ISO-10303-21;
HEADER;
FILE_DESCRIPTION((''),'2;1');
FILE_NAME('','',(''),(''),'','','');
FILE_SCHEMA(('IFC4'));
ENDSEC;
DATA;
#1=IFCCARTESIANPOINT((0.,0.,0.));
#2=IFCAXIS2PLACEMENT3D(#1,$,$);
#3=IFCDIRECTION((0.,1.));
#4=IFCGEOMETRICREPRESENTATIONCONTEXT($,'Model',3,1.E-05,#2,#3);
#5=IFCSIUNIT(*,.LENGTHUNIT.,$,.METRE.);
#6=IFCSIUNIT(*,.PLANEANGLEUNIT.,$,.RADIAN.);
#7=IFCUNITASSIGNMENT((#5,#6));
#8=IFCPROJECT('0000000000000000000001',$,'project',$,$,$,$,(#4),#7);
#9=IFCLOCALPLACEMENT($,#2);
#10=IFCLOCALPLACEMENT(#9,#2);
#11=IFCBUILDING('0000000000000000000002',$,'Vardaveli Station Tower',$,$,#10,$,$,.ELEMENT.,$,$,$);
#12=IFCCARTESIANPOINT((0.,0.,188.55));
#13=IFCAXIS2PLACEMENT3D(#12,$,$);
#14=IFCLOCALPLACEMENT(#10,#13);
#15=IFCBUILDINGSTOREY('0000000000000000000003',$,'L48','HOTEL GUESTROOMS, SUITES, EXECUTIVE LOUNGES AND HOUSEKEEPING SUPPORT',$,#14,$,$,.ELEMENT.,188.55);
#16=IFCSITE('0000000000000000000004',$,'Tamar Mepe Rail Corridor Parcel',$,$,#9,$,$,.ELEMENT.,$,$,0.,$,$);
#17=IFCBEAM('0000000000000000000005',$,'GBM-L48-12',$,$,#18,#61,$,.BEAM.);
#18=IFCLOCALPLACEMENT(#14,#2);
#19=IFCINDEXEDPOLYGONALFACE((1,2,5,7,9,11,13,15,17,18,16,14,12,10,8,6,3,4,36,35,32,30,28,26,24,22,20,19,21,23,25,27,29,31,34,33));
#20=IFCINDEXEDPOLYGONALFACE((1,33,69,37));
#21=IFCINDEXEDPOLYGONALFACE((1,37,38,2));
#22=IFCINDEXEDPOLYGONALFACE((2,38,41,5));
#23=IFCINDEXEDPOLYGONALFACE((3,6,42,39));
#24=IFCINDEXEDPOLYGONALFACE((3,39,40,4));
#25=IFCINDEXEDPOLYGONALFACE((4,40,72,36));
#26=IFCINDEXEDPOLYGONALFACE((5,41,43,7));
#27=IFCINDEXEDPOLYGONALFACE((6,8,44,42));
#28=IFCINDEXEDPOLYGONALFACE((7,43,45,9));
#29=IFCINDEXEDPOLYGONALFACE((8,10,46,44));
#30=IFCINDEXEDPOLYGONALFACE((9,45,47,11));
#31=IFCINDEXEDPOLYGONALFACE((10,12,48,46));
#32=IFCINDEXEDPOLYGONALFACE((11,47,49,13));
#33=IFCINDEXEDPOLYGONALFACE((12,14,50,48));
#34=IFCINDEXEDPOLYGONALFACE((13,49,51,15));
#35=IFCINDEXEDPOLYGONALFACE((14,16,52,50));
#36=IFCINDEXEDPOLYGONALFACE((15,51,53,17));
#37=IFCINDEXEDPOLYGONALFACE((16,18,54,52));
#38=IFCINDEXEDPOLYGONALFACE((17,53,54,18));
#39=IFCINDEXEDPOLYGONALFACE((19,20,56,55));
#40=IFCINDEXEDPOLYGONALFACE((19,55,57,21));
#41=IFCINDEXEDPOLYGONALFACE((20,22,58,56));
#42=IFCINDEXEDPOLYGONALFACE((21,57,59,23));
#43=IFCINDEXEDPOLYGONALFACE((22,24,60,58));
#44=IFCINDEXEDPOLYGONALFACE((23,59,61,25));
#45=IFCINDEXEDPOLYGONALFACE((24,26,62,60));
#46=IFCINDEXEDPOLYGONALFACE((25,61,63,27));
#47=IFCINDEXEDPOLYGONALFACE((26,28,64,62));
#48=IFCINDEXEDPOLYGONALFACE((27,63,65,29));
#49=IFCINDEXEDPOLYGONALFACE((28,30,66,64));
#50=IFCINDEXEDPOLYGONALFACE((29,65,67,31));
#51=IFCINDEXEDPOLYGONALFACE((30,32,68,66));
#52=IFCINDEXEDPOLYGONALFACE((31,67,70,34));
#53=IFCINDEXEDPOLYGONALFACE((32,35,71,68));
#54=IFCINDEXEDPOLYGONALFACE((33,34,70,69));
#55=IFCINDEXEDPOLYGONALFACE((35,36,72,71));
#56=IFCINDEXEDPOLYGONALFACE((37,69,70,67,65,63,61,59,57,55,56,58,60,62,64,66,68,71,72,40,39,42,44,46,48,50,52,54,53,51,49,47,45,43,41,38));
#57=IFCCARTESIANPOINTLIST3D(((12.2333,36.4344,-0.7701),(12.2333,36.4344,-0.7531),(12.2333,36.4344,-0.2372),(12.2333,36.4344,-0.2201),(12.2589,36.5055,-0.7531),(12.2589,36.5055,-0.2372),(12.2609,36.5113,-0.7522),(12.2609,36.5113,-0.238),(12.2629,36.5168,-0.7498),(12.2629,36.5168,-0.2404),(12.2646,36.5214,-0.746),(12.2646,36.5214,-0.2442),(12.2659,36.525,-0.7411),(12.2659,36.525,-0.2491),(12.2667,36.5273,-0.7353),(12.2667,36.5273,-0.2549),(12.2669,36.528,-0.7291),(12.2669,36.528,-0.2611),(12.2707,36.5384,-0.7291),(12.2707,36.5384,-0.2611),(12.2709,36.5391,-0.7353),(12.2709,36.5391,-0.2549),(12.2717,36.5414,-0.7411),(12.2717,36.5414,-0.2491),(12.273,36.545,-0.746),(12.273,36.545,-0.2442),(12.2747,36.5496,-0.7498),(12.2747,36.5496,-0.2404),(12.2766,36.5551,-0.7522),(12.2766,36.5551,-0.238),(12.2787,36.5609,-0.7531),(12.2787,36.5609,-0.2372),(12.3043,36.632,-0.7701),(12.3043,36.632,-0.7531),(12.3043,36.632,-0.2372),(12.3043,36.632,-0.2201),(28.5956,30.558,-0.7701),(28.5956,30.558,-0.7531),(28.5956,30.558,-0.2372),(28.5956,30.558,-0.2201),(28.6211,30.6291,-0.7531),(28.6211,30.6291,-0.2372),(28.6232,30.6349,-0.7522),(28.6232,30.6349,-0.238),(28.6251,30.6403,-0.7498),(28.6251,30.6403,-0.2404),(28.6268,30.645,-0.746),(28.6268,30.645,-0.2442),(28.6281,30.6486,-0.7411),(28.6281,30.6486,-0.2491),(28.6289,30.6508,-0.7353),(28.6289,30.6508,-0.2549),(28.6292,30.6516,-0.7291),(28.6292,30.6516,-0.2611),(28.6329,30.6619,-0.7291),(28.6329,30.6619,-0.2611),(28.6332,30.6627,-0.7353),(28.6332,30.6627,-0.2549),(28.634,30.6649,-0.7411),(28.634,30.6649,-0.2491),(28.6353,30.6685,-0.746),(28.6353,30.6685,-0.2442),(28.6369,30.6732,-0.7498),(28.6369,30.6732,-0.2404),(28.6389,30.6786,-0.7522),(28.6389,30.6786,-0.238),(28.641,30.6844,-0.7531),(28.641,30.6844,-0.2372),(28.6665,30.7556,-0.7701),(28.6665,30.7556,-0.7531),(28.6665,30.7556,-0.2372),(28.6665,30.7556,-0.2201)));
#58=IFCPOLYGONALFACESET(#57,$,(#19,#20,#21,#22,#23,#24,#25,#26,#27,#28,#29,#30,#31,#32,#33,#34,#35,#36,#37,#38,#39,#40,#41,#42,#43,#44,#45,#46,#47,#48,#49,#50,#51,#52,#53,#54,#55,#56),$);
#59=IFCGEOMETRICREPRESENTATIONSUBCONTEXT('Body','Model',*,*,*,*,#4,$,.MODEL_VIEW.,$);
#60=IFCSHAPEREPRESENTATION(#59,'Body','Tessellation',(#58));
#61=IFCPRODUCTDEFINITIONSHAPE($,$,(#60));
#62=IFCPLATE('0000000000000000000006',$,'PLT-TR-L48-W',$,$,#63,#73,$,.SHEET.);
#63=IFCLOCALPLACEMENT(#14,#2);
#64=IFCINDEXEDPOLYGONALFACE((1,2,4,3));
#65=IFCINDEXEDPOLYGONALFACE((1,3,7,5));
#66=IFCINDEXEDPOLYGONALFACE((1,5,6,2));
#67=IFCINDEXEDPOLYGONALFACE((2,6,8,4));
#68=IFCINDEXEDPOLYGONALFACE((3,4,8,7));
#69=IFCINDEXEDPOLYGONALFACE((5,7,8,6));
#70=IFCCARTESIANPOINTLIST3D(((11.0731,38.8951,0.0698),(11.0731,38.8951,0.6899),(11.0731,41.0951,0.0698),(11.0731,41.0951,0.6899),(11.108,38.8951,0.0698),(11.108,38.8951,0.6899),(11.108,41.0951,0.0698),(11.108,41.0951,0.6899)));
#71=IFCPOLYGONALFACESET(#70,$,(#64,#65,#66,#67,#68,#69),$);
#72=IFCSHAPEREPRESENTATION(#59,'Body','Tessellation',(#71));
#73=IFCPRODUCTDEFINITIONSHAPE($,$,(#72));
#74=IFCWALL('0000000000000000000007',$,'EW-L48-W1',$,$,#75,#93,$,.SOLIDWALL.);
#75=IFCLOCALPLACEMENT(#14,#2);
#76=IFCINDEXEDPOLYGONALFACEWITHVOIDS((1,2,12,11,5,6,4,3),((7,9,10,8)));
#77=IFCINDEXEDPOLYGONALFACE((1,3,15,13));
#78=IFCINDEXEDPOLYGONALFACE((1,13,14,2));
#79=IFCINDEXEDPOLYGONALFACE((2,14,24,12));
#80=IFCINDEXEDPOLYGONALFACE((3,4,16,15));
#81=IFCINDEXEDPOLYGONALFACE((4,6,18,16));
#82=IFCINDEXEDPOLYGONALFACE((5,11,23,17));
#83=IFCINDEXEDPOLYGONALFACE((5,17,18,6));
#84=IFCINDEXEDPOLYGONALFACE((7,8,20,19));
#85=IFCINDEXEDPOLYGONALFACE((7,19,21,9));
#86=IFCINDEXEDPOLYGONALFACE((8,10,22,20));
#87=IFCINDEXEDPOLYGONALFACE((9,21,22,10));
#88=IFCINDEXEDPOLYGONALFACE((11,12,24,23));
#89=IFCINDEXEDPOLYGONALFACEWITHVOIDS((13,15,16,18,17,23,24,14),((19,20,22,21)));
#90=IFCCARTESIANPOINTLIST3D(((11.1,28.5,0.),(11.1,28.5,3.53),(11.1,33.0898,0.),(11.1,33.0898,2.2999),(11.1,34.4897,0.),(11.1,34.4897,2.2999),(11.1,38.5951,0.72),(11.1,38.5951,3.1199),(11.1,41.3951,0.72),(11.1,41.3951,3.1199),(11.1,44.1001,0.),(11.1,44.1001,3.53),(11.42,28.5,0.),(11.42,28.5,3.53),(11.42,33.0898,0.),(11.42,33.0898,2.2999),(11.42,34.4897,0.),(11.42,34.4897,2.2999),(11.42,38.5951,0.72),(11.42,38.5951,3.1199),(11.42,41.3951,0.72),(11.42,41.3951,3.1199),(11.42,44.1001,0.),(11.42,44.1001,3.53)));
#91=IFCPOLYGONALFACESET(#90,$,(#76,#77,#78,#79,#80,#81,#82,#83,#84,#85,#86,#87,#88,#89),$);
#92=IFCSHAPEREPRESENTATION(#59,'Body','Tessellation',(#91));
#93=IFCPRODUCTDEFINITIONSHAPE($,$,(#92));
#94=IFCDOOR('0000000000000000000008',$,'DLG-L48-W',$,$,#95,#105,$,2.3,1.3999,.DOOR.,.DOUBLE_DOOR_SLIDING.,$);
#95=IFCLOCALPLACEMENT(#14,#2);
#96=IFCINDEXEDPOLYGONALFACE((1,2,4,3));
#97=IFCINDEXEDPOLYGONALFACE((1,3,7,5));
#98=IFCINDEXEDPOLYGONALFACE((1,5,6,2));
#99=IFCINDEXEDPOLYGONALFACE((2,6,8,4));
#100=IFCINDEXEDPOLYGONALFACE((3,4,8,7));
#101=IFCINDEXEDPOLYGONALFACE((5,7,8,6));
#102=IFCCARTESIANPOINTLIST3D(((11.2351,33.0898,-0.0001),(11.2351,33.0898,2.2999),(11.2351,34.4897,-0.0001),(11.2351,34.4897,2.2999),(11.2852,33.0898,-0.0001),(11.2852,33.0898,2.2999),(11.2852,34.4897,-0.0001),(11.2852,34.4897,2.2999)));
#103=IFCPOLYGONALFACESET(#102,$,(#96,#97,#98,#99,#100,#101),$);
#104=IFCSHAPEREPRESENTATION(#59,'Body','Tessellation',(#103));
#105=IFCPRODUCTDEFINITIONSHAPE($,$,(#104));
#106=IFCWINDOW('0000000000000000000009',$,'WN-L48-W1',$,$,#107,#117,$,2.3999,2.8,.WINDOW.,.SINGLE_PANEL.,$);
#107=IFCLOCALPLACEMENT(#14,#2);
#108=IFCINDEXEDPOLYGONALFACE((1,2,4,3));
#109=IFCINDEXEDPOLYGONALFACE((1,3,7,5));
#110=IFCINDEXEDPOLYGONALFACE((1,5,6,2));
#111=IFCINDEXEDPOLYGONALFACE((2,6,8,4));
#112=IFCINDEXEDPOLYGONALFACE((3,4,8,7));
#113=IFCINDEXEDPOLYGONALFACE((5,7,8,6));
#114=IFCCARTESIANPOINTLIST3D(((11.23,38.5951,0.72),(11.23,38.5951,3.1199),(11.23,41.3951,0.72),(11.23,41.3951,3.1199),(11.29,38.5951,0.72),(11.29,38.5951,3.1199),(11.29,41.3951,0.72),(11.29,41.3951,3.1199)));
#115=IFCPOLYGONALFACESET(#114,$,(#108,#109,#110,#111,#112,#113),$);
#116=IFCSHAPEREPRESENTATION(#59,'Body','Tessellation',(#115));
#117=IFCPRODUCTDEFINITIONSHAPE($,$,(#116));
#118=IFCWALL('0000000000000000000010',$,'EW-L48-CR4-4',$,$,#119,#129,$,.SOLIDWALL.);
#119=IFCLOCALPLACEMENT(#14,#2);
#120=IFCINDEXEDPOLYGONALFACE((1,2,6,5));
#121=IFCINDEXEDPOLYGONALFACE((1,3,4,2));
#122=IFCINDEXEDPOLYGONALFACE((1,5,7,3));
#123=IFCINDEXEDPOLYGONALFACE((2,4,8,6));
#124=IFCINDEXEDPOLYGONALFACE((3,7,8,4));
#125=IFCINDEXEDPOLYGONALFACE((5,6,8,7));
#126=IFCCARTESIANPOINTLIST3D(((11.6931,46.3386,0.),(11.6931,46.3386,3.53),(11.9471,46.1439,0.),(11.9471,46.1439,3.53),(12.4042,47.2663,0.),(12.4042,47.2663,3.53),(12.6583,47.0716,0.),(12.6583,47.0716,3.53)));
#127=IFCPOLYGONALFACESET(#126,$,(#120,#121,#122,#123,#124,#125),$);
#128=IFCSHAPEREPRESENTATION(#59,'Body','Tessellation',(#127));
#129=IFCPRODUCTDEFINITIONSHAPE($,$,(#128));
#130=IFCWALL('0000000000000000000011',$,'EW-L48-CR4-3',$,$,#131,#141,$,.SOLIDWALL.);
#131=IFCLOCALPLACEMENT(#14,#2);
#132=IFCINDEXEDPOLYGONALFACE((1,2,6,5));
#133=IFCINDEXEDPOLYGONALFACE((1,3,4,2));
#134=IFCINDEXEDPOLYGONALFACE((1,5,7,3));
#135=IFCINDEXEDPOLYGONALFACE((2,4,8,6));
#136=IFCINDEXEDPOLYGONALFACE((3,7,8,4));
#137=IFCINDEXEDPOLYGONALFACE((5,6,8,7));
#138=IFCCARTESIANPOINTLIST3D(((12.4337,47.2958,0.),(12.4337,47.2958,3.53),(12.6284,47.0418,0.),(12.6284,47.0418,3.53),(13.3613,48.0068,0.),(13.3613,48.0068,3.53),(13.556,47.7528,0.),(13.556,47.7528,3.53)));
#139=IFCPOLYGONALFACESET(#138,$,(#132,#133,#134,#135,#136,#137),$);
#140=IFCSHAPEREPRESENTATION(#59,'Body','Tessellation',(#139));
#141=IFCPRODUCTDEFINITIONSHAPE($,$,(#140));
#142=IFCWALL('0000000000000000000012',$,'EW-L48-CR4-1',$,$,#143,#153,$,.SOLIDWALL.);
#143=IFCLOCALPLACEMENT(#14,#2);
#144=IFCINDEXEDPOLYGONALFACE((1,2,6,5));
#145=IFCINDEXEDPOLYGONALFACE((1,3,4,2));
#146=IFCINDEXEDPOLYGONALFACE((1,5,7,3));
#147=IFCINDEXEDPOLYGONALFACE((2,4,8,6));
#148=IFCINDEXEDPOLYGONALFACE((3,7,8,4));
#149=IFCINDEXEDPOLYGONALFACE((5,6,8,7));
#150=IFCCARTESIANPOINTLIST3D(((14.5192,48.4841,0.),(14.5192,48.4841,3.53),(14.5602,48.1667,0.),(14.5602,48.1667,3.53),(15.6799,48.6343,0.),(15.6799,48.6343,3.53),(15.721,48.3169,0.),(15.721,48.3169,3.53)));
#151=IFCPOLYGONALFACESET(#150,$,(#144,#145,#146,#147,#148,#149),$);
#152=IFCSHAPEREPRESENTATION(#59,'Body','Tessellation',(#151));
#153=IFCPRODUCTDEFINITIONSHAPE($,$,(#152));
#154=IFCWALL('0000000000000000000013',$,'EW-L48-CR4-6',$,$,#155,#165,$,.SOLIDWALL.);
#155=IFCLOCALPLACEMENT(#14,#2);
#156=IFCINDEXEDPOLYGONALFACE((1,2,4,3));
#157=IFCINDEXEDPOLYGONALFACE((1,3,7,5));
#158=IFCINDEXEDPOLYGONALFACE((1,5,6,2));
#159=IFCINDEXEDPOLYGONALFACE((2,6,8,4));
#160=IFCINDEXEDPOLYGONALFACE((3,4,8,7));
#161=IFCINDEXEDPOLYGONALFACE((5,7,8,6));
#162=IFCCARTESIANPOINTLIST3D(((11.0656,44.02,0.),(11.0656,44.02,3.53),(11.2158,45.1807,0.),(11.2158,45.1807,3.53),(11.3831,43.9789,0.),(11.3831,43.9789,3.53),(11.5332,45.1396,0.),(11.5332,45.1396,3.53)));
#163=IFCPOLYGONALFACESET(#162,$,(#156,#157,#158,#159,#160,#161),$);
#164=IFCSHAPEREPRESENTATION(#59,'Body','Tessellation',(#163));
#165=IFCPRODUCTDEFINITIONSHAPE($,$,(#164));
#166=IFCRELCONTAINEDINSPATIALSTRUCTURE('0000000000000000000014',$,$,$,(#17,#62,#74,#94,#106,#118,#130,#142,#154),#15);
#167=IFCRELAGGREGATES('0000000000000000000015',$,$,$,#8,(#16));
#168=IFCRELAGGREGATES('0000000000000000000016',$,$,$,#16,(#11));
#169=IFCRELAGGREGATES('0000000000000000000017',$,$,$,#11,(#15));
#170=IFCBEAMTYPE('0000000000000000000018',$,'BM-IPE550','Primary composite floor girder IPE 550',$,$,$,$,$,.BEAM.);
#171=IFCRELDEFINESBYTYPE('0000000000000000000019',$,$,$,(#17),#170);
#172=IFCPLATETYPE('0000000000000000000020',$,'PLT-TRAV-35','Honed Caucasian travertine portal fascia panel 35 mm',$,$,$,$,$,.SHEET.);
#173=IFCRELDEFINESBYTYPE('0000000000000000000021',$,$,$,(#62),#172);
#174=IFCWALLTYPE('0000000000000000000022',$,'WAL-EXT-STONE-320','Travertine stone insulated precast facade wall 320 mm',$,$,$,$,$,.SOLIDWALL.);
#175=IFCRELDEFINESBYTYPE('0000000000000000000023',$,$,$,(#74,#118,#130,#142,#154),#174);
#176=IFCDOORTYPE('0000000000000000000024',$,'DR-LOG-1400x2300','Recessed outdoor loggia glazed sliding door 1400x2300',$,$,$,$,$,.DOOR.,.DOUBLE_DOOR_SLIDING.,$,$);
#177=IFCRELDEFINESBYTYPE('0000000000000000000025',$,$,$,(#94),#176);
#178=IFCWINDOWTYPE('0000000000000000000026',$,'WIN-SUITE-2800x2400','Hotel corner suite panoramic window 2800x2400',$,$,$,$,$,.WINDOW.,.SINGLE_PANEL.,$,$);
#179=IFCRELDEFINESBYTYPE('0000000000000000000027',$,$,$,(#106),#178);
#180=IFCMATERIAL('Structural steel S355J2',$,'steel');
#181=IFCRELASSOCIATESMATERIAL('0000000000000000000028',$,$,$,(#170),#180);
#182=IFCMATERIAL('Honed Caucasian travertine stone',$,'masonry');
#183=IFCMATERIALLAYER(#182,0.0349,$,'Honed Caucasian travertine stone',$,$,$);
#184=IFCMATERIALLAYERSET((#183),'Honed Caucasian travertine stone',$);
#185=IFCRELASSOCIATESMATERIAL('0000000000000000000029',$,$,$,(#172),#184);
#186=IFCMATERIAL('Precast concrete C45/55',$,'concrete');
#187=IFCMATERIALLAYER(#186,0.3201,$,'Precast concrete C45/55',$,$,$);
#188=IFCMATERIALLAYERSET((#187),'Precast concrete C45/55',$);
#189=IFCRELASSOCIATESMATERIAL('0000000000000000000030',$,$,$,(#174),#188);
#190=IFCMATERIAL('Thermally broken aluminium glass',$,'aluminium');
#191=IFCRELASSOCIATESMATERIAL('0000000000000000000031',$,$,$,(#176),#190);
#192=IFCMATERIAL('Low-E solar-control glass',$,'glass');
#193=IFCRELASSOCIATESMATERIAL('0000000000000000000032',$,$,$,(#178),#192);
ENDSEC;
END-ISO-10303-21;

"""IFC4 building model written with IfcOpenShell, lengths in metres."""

from ifc_helpers import new_model, si_unit, direction, frame, frame_2d, origin, origin_2d, place, context, subcontext, project, spatial, rectangle, i_section, extrude, source, transform, mapped, material, layer, layer_set, material_profile, profile_set, type_object, element, fill, save


model = new_model("IFC4")

# Units and contexts
model_context = context("Model", 3, precision=1e-05, world=origin(), true_north=direction((0.0, 1.0)))
body_context = subcontext(model_context, "Body", "Model", "MODEL_VIEW")
ifc_project = project(units=[si_unit("LENGTHUNIT", "METRE"), si_unit("PLANEANGLEUNIT", "RADIAN")], contexts=[model_context])

# Site, building, storey
site_placement = place(None, origin())
site = spatial("IfcSite", under=ifc_project, at=site_placement, Name="Tamar Mepe Rail Corridor Parcel", CompositionType="ELEMENT", RefElevation=0.0)
building_placement = place(site_placement, origin())
building = spatial("IfcBuilding", under=site, at=building_placement, Name="Vardaveli Station Tower", CompositionType="ELEMENT")
storey_placement = place(building_placement, frame((0.0, 0.0, 188.55)))
storey = spatial("IfcBuildingStorey", under=building, at=storey_placement, Name="L48", Description="HOTEL GUESTROOMS, SUITES, EXECUTIVE LOUNGES AND HOUSEKEEPING SUPPORT", CompositionType="ELEMENT", Elevation=188.55)

# Beam
ifc_material_1 = material(Name="Precast concrete C45/55", Category="concrete")
ifc_material_2 = material(Name="Structural steel S355J2", Category="steel")
ifc_material_profile_1 = material_profile(ifc_material_2, i_section(OverallWidth=0.21, OverallDepth=0.55, WebThickness=0.011, FlangeThickness=0.0171, FilletRadius=0.0239, at=origin_2d()), Name="IPE 550")
ifc_profile_set_1 = profile_set([ifc_material_profile_1], Name="Structural steel S355J2")
beam_type_1 = type_object("IfcBeamType", Name="BM-IPE550", Description="Primary composite floor girder IPE 550", PredefinedType="BEAM", material=ifc_profile_set_1)
shared_shape_1 = source(origin(), body_context, "Body", "SweptSolid", [
    extrude(i_section(OverallWidth=0.21, OverallDepth=0.55, WebThickness=0.011, FlangeThickness=0.0171, FilletRadius=0.0239, at=origin_2d()), origin(), (0.0, 0.0, 1.0), 17.3855),
])
beam_1_placement = place(storey_placement, frame((12.2688, 36.5332, -0.4951), z_axis=(0.941143, -0.338008, 0.0), x_axis=(0.338008, 0.941143, 0.0)))
element("IfcBeam", 1, at=beam_1_placement, inside=storey, type_object=beam_type_1, Name="GBM-L48-12", PredefinedType="BEAM", context=body_context, shape_type="MappedRepresentation", body=[
    mapped(shared_shape_1, transform((0.0, 0.0, 0.0), scale=1.0)),
])

# Plate
ifc_material_3 = material(Name="Honed Caucasian travertine stone", Category="masonry")
ifc_layer_1 = layer(ifc_material_3, 0.0349, Name="Honed Caucasian travertine stone")
ifc_layer_set_1 = layer_set([ifc_layer_1], Name="Honed Caucasian travertine stone")
plate_type = type_object("IfcPlateType", Name="PLT-TRAV-35", Description="Honed Caucasian travertine portal fascia panel 35 mm", PredefinedType="SHEET", material=ifc_layer_set_1)
shared_shape_2 = source(origin(), body_context, "Body", "SweptSolid", [
    extrude(rectangle(XDim=2.2, YDim=0.0349, at=origin_2d()), origin(), (0.0, 0.0, 1.0), 0.6201),
])
plate_placement = place(storey_placement, frame((11.0906, 39.9951, 0.0698), z_axis=(0.0, 0.0, 1.0), x_axis=(0.0, 1.0, 0.0)))
element("IfcPlate", 2, at=plate_placement, inside=storey, type_object=plate_type, Name="PLT-TR-L48-W", PredefinedType="SHEET", context=body_context, shape_type="MappedRepresentation", body=[
    mapped(shared_shape_2, transform((0.0, 0.0, 0.0), scale=1.0)),
])

# Wall, openings, door, window
ifc_layer_2 = layer(ifc_material_1, 0.3201, Name="Precast concrete C45/55")
ifc_layer_set_2 = layer_set([ifc_layer_2], Name="Precast concrete C45/55")
wall_type = type_object("IfcWallType", Name="WAL-EXT-STONE-320", Description="Travertine stone insulated precast facade wall 320 mm", PredefinedType="SOLIDWALL", material=ifc_layer_set_2)
shared_shape_3 = source(origin(), body_context, "Body", "SweptSolid", [
    extrude(rectangle(XDim=15.6001, YDim=0.3201, at=frame_2d((7.8, 0.0))), origin(), (0.0, 0.0, 1.0), 3.53),
])
wall_1_placement = place(storey_placement, frame((11.26, 44.1001, 0.0), z_axis=(0.0, 0.0, 1.0), x_axis=(0.0, -1.0, 0.0)))
wall_1 = element("IfcWall", 3, at=wall_1_placement, inside=storey, type_object=wall_type, Name="EW-L48-W1", PredefinedType="SOLIDWALL", context=body_context, shape_type="MappedRepresentation", body=[
    mapped(shared_shape_3, transform((0.0, 0.0, 0.0), scale=1.0)),
])
shared_shape_4 = source(origin(), body_context, "Body", "SweptSolid", [
    extrude(rectangle(XDim=1.3999, YDim=2.3, at=frame_2d((0.7, 1.1499))), frame((0.0, 0.1699, 0.0), z_axis=(0.0, -1.0, 0.0), x_axis=(1.0, 0.0, 0.0)), (0.0, 0.0, 1.0), 0.3401),
])
opening_1_placement = place(wall_1_placement, frame((9.6104, 0.0, 0.0)))
opening_1 = element("IfcOpeningElement", 4, at=opening_1_placement, cuts=wall_1, PredefinedType="OPENING", context=body_context, shape_type="MappedRepresentation", body=[
    mapped(shared_shape_4, transform((0.0, 0.0, 0.0), scale=1.0)),
])
shared_shape_5 = source(origin(), body_context, "Body", "SweptSolid", [
    extrude(rectangle(XDim=2.8, YDim=2.3999, at=frame_2d((1.3999, 1.2))), frame((0.0, 0.1699, 0.0), z_axis=(0.0, -1.0, 0.0), x_axis=(1.0, 0.0, 0.0)), (0.0, 0.0, 1.0), 0.3401),
])
opening_2_placement = place(wall_1_placement, frame((2.7051, 0.0, 0.72)))
opening_2 = element("IfcOpeningElement", 5, at=opening_2_placement, cuts=wall_1, PredefinedType="OPENING", context=body_context, shape_type="MappedRepresentation", body=[
    mapped(shared_shape_5, transform((0.0, 0.0, 0.0), scale=1.0)),
])
ifc_material_4 = material(Name="Thermally broken aluminium glass", Category="aluminium")
door_type = type_object("IfcDoorType", Name="DR-LOG-1400x2300", Description="Recessed outdoor loggia glazed sliding door 1400x2300", OperationType="DOUBLE_DOOR_SLIDING", PredefinedType="DOOR", material=ifc_material_4)
shared_shape_6 = source(origin(), body_context, "Body", "SweptSolid", [
    extrude(rectangle(XDim=1.3999, YDim=2.3, at=frame_2d((0.7, 1.1499))), frame((0.0, 0.0249, 0.0), z_axis=(0.0, -1.0, 0.0), x_axis=(1.0, 0.0, 0.0)), (0.0, 0.0, 1.0), 0.05),
])
door_placement = place(opening_1_placement, frame((1.3999, 0.0, 0.0), z_axis=(0.0, 0.0, 1.0), x_axis=(-1.0, 0.0, 0.0)))
door = element("IfcDoor", 6, at=door_placement, inside=storey, type_object=door_type, Name="DLG-L48-W", OperationType="DOUBLE_DOOR_SLIDING", OverallHeight=2.3, OverallWidth=1.3999, PredefinedType="DOOR", context=body_context, shape_type="MappedRepresentation", body=[
    mapped(shared_shape_6, transform((0.0, 0.0, 0.0), scale=1.0)),
])
fill(opening_1, door)
ifc_material_5 = material(Name="Low-E solar-control glass", Category="glass")
window_type = type_object("IfcWindowType", Name="WIN-SUITE-2800x2400", Description="Hotel corner suite panoramic window 2800x2400", PartitioningType="SINGLE_PANEL", PredefinedType="WINDOW", material=ifc_material_5)
shared_shape_7 = source(origin(), body_context, "Body", "SweptSolid", [
    extrude(rectangle(XDim=2.8, YDim=2.3999, at=frame_2d((1.3999, 1.2))), frame((0.0, 0.03, 0.0), z_axis=(0.0, -1.0, 0.0), x_axis=(1.0, 0.0, 0.0)), (0.0, 0.0, 1.0), 0.0601),
])
window_placement = place(opening_2_placement, origin())
window = element("IfcWindow", 7, at=window_placement, inside=storey, type_object=window_type, Name="WN-L48-W1", OverallHeight=2.3999, OverallWidth=2.8, PartitioningType="SINGLE_PANEL", PredefinedType="WINDOW", context=body_context, shape_type="MappedRepresentation", body=[
    mapped(shared_shape_7, transform((0.0, 0.0, 0.0), scale=1.0)),
])
fill(opening_2, window)

# Walls
shared_shape_8 = source(origin(), body_context, "Body", "SweptSolid", [
    extrude(rectangle(XDim=1.1689, YDim=0.3201, at=frame_2d((0.5845, 0.0))), origin(), (0.0, 0.0, 1.0), 3.53),
])
wall_2_placement = place(storey_placement, frame((12.5312, 47.1689, 0.0), z_axis=(0.0, 0.0, 1.0), x_axis=(-0.608388, -0.79364, 0.0)))
element("IfcWall", 8, at=wall_2_placement, inside=storey, type_object=wall_type, Name="EW-L48-CR4-4", PredefinedType="SOLIDWALL", context=body_context, shape_type="MappedRepresentation", body=[
    mapped(shared_shape_8, transform((0.0, 0.0, 0.0), scale=1.0)),
])
shared_shape_9 = source(origin(), body_context, "Body", "SweptSolid", [
    extrude(rectangle(XDim=1.1687, YDim=0.3201, at=frame_2d((0.5845, 0.0))), origin(), (0.0, 0.0, 1.0), 3.53),
])
wall_3_placement = place(storey_placement, frame((13.4587, 47.8799, 0.0), z_axis=(0.0, 0.0, 1.0), x_axis=(-0.793664, -0.608357, 0.0)))
element("IfcWall", 9, at=wall_3_placement, inside=storey, type_object=wall_type, Name="EW-L48-CR4-3", PredefinedType="SOLIDWALL", context=body_context, shape_type="MappedRepresentation", body=[
    mapped(shared_shape_9, transform((0.0, 0.0, 0.0), scale=1.0)),
])
shared_shape_10 = source(origin(), body_context, "Body", "SweptSolid", [
    extrude(rectangle(XDim=1.1704, YDim=0.3201, at=frame_2d((0.5852, 0.0))), origin(), (0.0, 0.0, 1.0), 3.53),
])
for number, where, z_axis, x_axis, name in (
    (10, (15.7004, 48.4756, 0.0), (0.0, 0.0, 1.0), (-0.991736, -0.128296, 0.0), "EW-L48-CR4-1"),
    (11, (11.3745, 45.1602, 0.0), (0.0, 0.0, 1.0), (-0.128296, -0.991736, 0.0), "EW-L48-CR4-6"),
):
    element("IfcWall", number, at=place(storey_placement, frame(where, z_axis=z_axis, x_axis=x_axis)), inside=storey, type_object=wall_type, Name=name, PredefinedType="SOLIDWALL", context=body_context, shape_type="MappedRepresentation", body=[
        mapped(shared_shape_10, transform((0.0, 0.0, 0.0), scale=1.0)),
    ])

save(model, "model.ifc")
